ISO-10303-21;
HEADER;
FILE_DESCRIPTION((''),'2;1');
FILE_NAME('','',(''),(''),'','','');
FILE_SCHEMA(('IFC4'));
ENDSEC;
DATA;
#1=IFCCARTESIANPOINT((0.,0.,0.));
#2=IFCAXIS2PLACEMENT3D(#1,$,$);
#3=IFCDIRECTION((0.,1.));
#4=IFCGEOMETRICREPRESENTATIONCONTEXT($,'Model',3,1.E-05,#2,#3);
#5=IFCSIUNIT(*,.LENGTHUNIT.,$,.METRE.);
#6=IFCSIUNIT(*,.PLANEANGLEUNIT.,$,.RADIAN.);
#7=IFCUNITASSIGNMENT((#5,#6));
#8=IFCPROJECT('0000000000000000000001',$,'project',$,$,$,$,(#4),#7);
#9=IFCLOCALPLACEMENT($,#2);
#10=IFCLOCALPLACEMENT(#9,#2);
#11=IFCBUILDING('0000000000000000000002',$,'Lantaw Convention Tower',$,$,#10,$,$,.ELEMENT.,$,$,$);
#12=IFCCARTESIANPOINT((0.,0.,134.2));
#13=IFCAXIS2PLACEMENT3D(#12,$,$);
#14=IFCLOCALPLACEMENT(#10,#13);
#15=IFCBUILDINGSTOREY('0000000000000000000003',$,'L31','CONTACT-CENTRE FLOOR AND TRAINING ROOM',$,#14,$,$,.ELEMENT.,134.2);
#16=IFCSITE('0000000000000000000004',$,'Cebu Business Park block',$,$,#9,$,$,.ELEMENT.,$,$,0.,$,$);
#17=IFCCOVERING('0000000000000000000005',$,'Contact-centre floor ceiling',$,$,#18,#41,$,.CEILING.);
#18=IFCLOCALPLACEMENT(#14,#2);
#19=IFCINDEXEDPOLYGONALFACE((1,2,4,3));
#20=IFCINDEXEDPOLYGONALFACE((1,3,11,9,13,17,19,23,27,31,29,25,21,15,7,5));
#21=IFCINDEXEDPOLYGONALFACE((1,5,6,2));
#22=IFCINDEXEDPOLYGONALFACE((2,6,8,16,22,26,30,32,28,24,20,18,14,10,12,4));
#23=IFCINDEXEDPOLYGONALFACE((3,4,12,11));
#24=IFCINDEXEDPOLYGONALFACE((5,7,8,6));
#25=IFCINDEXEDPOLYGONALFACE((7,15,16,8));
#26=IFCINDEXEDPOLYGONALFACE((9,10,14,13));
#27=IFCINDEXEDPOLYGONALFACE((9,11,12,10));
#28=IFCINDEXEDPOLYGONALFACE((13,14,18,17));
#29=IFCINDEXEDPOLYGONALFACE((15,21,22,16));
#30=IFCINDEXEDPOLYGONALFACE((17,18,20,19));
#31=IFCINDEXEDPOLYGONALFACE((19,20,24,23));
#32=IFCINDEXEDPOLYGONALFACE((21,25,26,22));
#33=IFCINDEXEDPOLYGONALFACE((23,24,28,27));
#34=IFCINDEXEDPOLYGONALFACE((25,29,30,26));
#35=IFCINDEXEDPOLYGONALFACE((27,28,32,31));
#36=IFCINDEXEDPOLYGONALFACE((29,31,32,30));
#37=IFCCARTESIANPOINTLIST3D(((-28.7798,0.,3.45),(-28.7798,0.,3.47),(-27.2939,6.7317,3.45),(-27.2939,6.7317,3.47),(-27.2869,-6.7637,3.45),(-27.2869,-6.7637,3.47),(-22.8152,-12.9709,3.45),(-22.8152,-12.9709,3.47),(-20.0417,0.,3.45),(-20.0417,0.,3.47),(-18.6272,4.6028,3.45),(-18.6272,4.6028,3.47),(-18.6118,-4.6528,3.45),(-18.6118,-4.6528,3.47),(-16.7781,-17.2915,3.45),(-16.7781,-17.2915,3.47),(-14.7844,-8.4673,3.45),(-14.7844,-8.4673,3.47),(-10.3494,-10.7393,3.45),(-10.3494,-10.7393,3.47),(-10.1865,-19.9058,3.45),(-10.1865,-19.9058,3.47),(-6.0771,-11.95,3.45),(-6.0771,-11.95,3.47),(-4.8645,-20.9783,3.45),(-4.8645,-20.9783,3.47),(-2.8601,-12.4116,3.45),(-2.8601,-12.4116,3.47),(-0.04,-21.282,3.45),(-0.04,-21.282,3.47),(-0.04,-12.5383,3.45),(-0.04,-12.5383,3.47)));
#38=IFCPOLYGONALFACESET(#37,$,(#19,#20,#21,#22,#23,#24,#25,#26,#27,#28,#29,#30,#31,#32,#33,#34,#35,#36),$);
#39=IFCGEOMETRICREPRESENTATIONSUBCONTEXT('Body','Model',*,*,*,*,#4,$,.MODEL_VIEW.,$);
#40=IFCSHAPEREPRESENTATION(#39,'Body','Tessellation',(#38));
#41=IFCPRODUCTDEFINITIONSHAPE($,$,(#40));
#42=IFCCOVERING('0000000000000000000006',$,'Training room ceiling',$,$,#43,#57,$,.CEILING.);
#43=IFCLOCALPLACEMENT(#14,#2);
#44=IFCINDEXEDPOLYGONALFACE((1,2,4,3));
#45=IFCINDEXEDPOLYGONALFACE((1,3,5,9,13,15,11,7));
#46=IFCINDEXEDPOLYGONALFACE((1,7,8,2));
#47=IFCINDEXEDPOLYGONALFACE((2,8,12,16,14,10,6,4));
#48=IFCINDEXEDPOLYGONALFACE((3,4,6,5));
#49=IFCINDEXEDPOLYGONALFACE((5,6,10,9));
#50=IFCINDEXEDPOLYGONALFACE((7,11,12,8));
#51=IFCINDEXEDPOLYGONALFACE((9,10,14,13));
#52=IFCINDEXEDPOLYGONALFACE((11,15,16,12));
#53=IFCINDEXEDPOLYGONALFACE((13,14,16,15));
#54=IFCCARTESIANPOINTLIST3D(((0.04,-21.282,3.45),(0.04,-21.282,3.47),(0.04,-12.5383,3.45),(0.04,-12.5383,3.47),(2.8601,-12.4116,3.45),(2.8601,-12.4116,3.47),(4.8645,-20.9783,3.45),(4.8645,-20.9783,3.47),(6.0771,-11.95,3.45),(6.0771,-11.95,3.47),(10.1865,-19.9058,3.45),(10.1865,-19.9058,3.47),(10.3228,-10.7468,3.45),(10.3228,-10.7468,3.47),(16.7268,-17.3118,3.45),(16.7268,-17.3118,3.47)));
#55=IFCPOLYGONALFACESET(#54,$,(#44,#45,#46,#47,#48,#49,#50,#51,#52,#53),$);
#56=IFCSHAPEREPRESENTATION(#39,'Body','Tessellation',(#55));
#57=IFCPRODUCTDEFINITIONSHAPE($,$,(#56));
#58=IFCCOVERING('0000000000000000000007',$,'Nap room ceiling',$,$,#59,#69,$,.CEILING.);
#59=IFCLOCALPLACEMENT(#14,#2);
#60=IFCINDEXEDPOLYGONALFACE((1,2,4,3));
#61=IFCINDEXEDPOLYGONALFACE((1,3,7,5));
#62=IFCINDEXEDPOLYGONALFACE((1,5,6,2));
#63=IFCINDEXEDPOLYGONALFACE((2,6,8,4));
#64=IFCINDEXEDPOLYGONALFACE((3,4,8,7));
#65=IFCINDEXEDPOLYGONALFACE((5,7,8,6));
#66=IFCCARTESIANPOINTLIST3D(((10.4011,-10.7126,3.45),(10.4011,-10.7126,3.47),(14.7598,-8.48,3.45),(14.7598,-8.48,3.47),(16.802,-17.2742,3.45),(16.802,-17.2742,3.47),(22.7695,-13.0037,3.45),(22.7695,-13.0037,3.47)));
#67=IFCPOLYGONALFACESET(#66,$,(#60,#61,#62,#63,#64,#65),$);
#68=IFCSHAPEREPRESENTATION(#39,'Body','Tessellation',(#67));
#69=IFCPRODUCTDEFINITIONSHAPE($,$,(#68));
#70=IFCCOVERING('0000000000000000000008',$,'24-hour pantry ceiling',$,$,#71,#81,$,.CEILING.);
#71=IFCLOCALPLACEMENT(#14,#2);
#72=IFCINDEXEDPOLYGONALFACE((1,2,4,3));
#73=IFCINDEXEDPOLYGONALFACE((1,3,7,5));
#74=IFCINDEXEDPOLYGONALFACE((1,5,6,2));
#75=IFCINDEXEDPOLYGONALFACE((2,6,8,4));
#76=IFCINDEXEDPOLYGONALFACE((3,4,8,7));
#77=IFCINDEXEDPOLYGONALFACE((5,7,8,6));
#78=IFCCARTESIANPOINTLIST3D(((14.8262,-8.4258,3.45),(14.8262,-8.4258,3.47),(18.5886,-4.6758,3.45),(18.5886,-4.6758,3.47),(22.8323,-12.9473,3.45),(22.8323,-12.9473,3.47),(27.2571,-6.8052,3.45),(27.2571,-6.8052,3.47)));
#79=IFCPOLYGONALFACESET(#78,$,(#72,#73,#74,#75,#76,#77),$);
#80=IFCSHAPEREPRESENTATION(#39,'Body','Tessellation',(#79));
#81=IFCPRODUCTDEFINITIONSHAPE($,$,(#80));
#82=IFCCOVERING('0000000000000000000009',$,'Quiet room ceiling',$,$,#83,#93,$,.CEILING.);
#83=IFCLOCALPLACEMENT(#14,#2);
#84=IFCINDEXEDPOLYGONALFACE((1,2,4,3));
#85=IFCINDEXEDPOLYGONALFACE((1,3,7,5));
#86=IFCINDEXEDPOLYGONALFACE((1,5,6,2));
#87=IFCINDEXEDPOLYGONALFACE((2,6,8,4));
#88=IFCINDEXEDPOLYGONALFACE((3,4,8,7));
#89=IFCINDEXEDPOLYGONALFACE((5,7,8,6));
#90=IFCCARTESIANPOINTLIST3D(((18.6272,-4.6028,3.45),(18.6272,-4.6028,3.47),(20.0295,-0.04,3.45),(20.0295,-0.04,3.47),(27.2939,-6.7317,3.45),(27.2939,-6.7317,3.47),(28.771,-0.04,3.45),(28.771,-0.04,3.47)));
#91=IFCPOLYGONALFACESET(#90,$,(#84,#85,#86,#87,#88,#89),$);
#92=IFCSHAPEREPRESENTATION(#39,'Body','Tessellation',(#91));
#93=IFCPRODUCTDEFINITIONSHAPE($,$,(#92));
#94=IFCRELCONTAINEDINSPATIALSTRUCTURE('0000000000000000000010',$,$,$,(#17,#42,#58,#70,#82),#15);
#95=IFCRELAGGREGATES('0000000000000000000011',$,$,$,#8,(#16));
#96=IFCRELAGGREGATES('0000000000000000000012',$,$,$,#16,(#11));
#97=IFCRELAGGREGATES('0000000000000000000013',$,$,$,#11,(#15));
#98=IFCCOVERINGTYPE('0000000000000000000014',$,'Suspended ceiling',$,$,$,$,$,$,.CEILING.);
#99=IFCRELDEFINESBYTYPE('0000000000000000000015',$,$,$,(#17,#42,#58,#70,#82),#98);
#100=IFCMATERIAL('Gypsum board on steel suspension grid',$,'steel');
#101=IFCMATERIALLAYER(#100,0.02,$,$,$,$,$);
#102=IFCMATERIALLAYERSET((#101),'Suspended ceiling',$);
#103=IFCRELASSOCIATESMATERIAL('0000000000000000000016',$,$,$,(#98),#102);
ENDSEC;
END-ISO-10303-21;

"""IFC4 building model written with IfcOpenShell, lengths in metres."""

from ifc_helpers import new_model, si_unit, direction, frame, origin, place, context, subcontext, project, spatial, polyline, outline, extrude, material, layer, layer_set, type_object, element, save


model = new_model("IFC4")

# Units and contexts
model_context = context("Model", 3, precision=1e-05, world=origin(), true_north=direction((0.0, 1.0)))
body_context = subcontext(model_context, "Body", "Model", "MODEL_VIEW")
ifc_project = project(units=[si_unit("LENGTHUNIT", "METRE"), si_unit("PLANEANGLEUNIT", "RADIAN")], contexts=[model_context])

# Site, building, storey
site_placement = place(None, origin())
site = spatial("IfcSite", under=ifc_project, at=site_placement, Name="Cebu Business Park block", CompositionType="ELEMENT", RefElevation=0.0)
building_placement = place(site_placement, origin())
building = spatial("IfcBuilding", under=site, at=building_placement, Name="Lantaw Convention Tower", CompositionType="ELEMENT")
storey_placement = place(building_placement, frame((0.0, 0.0, 134.2)))
storey = spatial("IfcBuildingStorey", under=building, at=storey_placement, Name="L31", Description="CONTACT-CENTRE FLOOR AND TRAINING ROOM", CompositionType="ELEMENT", Elevation=134.2)

# Coverings
ifc_material_1 = material(Name="Gypsum board on steel suspension grid", Category="steel")
ifc_layer_1 = layer(ifc_material_1, 0.02)
ifc_layer_set_1 = layer_set([ifc_layer_1], Name="Suspended ceiling")
covering_type = type_object("IfcCoveringType", Name="Suspended ceiling", PredefinedType="CEILING", material=ifc_layer_set_1)
covering_1_placement = place(storey_placement, frame((0.0, 0.0, 3.45)))
element("IfcCovering", 1, at=covering_1_placement, inside=storey, type_object=covering_type, Name="Contact-centre floor ceiling", PredefinedType="CEILING", context=body_context, shape_type="SweptSolid", body=[
    extrude(outline(polyline([(-18.6272, 4.6028), (-27.2939, 6.7317), (-28.7798, 0.0), (-27.2869, -6.7637), (-22.8152, -12.9709), (-16.7781, -17.2915), (-10.1865, -19.9058), (-4.8645, -20.9783), (-0.04, -21.282), (-0.04, -12.5383), (-2.8601, -12.4116), (-6.0771, -11.95), (-10.3494, -10.7393), (-14.7844, -8.4673), (-18.6118, -4.6528), (-20.0417, 0.0), (-18.6272, 4.6028)])), origin(), (0.0, 0.0, 1.0), 0.02),
])
covering_2_placement = place(storey_placement, frame((0.0, 0.0, 3.45)))
element("IfcCovering", 2, at=covering_2_placement, inside=storey, type_object=covering_type, Name="Training room ceiling", PredefinedType="CEILING", context=body_context, shape_type="SweptSolid", body=[
    extrude(outline(polyline([(0.04, -12.5383), (0.04, -21.282), (4.8645, -20.9783), (10.1865, -19.9058), (16.7268, -17.3118), (10.3228, -10.7468), (6.0771, -11.95), (2.8601, -12.4116), (0.04, -12.5383)])), origin(), (0.0, 0.0, 1.0), 0.02),
])
covering_3_placement = place(storey_placement, frame((0.0, 0.0, 3.45)))
element("IfcCovering", 3, at=covering_3_placement, inside=storey, type_object=covering_type, Name="Nap room ceiling", PredefinedType="CEILING", context=body_context, shape_type="SweptSolid", body=[
    extrude(outline(polyline([(10.4011, -10.7126), (16.802, -17.2742), (22.7695, -13.0037), (14.7598, -8.48), (10.4011, -10.7126)])), origin(), (0.0, 0.0, 1.0), 0.02),
])
covering_4_placement = place(storey_placement, frame((0.0, 0.0, 3.45)))
element("IfcCovering", 4, at=covering_4_placement, inside=storey, type_object=covering_type, Name="24-hour pantry ceiling", PredefinedType="CEILING", context=body_context, shape_type="SweptSolid", body=[
    extrude(outline(polyline([(14.8262, -8.4258), (22.8323, -12.9473), (27.2571, -6.8052), (18.5886, -4.6758), (14.8262, -8.4258)])), origin(), (0.0, 0.0, 1.0), 0.02),
])
covering_5_placement = place(storey_placement, frame((0.0, 0.0, 3.45)))
element("IfcCovering", 5, at=covering_5_placement, inside=storey, type_object=covering_type, Name="Quiet room ceiling", PredefinedType="CEILING", context=body_context, shape_type="SweptSolid", body=[
    extrude(outline(polyline([(18.6272, -4.6028), (27.2939, -6.7317), (28.771, -0.04), (20.0295, -0.04), (18.6272, -4.6028)])), origin(), (0.0, 0.0, 1.0), 0.02),
])

save(model, "model.ifc")
